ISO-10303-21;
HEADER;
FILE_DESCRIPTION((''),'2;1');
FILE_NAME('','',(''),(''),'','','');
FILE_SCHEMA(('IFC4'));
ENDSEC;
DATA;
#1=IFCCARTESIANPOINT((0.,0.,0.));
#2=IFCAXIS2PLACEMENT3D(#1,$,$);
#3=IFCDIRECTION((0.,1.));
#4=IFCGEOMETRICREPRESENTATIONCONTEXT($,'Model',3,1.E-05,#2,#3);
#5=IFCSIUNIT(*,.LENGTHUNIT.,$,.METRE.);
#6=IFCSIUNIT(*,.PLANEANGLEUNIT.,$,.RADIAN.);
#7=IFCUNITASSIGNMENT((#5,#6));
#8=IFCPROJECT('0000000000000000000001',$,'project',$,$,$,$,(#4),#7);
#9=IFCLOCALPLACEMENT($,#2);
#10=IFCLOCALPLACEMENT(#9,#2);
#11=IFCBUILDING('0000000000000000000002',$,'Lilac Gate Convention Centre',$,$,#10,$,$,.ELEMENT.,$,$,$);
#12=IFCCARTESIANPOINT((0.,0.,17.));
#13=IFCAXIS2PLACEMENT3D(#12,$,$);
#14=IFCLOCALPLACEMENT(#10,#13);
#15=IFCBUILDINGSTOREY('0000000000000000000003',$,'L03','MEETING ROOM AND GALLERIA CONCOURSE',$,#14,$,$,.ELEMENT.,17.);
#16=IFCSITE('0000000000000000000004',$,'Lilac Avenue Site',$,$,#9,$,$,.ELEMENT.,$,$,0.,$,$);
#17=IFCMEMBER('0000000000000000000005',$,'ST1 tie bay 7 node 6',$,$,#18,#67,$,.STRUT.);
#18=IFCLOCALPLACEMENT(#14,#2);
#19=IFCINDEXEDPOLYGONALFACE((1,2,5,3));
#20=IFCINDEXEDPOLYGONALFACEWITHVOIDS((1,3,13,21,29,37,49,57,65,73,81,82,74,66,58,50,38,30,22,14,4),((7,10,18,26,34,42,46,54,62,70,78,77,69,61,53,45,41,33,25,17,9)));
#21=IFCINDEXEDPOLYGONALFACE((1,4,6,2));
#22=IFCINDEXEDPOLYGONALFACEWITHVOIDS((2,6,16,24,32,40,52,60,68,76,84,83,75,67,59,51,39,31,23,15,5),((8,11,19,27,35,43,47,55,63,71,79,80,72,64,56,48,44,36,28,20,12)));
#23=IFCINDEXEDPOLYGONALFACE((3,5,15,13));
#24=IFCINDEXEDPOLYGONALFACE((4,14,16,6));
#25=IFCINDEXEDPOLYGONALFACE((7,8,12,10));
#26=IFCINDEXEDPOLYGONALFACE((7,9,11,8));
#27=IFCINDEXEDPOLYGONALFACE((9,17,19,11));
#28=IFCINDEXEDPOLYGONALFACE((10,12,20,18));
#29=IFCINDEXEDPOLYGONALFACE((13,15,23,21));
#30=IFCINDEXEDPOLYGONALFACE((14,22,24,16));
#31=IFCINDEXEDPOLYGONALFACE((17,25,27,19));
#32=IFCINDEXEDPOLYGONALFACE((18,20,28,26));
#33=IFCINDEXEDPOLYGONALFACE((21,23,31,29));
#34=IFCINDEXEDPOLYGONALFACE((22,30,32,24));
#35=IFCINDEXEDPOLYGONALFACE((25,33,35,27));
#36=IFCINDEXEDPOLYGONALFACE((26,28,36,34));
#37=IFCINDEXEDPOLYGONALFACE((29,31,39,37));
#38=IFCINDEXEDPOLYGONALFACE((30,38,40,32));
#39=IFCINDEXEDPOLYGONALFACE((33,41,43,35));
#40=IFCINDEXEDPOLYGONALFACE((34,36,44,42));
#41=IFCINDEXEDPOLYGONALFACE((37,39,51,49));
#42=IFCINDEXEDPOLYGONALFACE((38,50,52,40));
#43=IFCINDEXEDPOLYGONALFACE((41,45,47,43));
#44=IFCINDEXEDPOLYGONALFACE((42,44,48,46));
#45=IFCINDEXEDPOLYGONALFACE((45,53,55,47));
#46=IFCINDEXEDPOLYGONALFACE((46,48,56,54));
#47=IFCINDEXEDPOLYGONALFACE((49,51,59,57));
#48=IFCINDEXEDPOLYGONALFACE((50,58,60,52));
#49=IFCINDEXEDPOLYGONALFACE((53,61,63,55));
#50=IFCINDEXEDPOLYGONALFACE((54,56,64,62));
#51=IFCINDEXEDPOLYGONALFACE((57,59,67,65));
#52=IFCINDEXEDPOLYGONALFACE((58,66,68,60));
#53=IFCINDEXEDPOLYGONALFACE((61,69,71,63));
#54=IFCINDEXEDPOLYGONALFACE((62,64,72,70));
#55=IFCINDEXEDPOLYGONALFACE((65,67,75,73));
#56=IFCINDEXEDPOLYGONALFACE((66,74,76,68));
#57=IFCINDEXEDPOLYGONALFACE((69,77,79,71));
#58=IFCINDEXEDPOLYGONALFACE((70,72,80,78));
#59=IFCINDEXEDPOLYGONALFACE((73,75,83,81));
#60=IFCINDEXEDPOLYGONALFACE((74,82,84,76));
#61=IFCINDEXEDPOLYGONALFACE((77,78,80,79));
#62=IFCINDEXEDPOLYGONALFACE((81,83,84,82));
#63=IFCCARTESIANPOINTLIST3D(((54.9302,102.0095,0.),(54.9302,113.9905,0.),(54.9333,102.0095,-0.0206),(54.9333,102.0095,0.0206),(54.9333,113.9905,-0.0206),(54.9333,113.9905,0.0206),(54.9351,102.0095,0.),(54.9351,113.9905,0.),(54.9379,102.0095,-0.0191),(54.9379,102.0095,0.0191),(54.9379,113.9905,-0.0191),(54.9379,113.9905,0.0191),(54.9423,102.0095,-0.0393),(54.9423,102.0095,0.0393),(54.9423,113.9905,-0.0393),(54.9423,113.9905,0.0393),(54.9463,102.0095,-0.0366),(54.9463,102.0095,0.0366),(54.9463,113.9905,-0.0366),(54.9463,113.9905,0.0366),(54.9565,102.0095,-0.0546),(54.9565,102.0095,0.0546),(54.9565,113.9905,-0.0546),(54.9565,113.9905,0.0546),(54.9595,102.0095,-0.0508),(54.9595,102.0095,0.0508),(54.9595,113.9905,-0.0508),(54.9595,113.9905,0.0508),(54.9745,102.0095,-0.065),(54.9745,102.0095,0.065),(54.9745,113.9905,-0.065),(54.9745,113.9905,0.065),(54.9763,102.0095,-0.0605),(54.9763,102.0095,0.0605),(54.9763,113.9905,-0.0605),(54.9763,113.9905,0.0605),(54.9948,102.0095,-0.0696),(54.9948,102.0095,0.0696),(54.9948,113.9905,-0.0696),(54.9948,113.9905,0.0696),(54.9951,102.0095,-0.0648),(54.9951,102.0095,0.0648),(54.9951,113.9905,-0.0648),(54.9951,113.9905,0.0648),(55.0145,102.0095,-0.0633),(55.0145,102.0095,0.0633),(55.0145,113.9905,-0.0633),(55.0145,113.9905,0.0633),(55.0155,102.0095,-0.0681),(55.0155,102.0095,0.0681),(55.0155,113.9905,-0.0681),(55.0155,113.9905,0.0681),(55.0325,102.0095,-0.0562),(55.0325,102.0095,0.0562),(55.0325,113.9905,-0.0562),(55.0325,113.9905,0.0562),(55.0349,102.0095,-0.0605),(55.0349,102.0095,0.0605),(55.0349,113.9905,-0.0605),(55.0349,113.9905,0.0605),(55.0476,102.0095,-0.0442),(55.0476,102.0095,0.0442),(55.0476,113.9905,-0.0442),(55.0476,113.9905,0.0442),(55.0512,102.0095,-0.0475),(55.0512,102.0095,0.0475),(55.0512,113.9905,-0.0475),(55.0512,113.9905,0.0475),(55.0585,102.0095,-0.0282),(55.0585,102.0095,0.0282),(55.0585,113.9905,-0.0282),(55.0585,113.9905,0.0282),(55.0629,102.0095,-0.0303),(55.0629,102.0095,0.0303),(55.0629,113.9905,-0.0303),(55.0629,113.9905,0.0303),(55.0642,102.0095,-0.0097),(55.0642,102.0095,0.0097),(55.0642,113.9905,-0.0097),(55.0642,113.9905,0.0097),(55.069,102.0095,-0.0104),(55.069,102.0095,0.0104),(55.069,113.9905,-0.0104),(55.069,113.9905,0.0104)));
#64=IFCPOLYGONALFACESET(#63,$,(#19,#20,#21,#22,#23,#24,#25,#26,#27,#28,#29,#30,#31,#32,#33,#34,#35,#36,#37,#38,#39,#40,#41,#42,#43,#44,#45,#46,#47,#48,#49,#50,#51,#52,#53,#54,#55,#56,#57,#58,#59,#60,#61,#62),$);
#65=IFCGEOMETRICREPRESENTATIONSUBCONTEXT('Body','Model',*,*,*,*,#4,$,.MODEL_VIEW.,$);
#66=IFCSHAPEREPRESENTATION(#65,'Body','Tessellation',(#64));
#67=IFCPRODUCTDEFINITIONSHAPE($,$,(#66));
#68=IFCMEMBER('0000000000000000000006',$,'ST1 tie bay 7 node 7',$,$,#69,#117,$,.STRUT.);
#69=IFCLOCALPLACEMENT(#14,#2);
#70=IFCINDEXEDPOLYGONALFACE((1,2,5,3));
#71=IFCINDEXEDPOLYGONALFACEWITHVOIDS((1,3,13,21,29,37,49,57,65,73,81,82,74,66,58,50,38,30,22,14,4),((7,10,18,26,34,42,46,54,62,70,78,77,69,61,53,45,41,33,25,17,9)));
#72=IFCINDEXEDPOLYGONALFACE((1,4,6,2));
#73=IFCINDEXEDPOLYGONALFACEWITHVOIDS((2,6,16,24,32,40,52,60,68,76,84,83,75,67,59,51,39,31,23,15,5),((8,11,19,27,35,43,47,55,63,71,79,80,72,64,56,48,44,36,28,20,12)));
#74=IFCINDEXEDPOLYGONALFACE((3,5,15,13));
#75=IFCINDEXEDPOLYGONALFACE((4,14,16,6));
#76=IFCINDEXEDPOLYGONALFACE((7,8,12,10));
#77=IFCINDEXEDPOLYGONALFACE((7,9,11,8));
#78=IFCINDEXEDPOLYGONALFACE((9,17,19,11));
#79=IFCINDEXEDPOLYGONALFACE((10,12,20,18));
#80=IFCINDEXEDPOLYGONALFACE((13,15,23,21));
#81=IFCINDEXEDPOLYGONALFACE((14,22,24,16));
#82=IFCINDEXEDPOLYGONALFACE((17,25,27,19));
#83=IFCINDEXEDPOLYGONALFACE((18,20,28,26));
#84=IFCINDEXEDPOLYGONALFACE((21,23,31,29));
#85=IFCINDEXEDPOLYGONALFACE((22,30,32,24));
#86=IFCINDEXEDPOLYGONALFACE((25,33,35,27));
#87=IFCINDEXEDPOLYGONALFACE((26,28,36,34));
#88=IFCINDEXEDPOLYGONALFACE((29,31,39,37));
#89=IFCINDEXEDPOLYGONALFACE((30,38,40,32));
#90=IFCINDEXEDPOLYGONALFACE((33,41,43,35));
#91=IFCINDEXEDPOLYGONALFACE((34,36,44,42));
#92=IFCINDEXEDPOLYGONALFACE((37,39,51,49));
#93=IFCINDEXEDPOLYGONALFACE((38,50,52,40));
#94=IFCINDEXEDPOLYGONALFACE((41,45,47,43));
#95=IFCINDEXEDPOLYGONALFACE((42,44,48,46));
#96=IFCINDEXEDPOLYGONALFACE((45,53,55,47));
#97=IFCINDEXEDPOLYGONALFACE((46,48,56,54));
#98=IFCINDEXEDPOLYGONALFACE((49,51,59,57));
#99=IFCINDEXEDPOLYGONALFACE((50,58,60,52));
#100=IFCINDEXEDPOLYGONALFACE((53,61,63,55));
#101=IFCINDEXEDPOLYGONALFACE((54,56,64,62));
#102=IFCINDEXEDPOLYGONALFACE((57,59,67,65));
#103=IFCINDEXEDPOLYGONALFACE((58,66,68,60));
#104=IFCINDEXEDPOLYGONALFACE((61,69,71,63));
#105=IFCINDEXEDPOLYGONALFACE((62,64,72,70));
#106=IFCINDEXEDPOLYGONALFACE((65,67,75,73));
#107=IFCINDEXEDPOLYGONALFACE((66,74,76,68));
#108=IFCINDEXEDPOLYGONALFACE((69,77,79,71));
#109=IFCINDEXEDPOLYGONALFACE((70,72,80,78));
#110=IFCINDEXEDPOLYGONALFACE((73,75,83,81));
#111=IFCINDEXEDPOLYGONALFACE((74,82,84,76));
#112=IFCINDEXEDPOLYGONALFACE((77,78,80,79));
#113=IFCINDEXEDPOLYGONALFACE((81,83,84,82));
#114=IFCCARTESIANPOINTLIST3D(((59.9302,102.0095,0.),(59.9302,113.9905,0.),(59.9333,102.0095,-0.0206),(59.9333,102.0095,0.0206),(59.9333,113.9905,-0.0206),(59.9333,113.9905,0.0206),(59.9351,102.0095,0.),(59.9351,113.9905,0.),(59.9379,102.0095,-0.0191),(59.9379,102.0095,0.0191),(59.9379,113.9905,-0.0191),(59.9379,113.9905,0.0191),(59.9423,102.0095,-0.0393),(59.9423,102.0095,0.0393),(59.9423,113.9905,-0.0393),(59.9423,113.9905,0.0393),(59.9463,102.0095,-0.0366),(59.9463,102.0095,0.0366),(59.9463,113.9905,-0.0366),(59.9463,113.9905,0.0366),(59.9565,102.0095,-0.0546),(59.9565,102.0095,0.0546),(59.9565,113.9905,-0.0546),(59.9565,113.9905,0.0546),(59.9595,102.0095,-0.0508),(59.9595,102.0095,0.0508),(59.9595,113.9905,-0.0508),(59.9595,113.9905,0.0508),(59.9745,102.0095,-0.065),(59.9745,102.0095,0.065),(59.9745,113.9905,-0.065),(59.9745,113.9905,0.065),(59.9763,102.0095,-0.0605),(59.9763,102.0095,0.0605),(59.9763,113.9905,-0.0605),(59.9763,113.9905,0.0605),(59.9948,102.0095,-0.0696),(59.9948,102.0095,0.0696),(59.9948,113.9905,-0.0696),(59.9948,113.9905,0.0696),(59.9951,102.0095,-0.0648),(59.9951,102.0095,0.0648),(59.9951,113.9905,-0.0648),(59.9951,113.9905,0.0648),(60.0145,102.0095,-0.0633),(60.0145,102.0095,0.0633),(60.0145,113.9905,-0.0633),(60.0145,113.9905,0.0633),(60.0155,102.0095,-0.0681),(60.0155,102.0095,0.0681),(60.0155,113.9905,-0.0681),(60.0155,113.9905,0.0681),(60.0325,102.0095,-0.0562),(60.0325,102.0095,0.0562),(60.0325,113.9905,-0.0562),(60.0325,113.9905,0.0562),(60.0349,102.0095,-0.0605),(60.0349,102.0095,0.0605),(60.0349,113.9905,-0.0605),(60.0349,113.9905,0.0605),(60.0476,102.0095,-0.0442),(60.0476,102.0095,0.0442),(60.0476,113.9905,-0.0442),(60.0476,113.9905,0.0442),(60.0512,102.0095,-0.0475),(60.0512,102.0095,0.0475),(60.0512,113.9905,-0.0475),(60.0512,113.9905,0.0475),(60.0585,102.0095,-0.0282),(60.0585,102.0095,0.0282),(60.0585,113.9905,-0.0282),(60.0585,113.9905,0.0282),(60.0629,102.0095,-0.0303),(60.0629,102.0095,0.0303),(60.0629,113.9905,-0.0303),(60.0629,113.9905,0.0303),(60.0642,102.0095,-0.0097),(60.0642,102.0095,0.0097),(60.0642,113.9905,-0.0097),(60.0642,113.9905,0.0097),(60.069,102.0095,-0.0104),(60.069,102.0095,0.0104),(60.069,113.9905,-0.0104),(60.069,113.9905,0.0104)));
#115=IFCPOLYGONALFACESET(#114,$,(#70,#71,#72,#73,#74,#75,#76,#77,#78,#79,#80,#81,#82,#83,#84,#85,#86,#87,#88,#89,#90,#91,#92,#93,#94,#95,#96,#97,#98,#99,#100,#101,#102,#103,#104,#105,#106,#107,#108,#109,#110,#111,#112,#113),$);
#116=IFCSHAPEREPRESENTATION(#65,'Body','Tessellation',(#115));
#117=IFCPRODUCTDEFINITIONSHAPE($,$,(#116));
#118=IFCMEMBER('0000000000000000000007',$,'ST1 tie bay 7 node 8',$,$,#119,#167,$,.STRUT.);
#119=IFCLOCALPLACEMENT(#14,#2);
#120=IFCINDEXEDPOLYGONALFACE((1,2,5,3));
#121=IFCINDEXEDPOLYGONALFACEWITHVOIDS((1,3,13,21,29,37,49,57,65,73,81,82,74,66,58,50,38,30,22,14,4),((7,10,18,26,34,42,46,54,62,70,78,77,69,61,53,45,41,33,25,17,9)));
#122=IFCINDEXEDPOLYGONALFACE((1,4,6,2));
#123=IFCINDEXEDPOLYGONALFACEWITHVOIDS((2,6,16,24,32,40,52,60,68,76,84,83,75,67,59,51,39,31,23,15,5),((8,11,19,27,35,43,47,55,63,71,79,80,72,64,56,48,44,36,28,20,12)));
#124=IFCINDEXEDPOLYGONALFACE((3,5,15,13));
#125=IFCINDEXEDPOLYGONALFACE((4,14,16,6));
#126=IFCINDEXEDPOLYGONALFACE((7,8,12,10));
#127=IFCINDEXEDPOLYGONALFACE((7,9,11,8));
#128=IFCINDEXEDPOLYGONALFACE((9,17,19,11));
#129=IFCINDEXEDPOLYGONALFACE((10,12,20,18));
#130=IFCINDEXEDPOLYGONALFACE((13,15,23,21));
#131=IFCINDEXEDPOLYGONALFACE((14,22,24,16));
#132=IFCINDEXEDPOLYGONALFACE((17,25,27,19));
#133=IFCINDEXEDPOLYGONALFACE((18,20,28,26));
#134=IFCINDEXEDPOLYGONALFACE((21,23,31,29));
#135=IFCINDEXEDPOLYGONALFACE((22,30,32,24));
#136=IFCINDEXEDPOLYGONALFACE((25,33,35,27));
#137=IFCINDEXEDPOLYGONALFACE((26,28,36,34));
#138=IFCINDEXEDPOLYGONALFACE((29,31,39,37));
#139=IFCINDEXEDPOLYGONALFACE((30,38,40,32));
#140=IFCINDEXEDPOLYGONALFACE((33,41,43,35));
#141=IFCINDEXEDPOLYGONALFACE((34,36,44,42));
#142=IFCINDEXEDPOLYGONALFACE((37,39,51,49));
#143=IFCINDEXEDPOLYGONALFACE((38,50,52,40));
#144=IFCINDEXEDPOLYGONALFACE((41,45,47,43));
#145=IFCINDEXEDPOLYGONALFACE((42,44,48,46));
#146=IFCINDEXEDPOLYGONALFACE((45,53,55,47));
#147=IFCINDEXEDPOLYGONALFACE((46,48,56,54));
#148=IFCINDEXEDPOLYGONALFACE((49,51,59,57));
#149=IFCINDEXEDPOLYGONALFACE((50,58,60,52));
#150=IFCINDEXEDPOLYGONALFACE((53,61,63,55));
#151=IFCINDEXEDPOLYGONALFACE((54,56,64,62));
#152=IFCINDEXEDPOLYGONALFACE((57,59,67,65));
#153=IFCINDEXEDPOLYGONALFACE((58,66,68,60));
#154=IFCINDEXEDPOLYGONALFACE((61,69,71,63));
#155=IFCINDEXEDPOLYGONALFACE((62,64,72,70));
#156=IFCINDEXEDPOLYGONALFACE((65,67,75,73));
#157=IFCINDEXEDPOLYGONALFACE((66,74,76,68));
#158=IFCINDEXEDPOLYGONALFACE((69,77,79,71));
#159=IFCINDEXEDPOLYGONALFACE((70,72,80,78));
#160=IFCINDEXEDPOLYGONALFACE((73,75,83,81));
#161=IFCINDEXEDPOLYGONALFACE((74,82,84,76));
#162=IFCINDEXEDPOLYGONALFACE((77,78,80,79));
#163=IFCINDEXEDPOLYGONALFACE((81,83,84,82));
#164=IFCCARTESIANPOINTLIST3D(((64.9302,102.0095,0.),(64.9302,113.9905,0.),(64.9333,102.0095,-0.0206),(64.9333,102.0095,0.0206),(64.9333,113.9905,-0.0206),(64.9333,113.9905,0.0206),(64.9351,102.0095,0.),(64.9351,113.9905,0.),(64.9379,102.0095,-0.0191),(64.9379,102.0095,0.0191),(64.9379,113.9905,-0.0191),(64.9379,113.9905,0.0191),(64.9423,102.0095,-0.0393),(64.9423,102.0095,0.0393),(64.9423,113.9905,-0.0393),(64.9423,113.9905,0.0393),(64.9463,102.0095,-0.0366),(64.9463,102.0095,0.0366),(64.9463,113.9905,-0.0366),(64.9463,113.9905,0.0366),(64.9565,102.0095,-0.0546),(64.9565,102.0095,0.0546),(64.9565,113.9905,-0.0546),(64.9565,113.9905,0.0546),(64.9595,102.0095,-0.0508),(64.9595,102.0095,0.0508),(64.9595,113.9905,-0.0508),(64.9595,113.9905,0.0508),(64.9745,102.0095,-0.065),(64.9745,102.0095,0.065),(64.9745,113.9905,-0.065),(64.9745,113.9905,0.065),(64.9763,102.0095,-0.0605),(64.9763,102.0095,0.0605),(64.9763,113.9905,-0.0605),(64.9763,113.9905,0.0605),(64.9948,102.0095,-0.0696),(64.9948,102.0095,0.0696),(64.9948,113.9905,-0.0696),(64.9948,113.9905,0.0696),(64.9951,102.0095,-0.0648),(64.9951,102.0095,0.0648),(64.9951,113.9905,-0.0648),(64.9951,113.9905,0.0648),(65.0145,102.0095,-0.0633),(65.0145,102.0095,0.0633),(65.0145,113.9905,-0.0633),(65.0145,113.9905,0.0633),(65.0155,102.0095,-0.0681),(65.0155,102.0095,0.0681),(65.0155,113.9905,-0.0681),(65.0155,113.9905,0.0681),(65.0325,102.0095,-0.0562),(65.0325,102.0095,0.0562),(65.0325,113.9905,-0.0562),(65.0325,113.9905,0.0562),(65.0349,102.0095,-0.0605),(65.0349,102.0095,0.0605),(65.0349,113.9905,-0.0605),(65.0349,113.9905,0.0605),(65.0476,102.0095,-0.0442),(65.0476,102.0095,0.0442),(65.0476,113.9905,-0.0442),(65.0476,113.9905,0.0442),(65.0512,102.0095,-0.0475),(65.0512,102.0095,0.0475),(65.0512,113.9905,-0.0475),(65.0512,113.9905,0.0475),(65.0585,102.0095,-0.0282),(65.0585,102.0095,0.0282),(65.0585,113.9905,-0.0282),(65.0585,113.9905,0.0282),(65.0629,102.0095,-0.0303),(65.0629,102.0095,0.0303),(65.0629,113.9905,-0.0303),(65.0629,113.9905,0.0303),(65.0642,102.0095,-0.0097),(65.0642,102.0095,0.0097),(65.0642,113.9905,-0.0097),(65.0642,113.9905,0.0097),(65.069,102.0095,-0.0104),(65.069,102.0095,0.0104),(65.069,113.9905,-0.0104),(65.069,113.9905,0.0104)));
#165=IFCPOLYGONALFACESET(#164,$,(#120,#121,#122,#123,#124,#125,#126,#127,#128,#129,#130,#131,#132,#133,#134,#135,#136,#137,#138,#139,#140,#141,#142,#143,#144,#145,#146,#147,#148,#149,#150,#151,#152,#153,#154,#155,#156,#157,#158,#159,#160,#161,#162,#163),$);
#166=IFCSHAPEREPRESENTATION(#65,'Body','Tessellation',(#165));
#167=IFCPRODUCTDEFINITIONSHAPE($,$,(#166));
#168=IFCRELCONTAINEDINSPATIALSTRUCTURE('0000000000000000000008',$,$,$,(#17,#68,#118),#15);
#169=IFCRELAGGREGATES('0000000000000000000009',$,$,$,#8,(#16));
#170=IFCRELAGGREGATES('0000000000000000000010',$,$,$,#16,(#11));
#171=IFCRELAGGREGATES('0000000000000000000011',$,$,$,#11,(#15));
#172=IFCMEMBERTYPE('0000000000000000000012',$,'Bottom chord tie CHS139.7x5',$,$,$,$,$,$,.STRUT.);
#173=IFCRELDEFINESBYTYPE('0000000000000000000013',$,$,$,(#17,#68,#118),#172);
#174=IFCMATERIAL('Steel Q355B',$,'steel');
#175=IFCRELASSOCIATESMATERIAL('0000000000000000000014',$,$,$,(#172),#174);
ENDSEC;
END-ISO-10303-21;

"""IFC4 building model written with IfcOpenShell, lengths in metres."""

from ifc_helpers import new_model, si_unit, direction, frame, origin, origin_2d, place, context, subcontext, project, spatial, hollow_circle, extrude, material, material_profile, profile_set, type_object, element, save


model = new_model("IFC4")

# Units and contexts
model_context = context("Model", 3, precision=1e-05, world=origin(), true_north=direction((0.0, 1.0)))
body_context = subcontext(model_context, "Body", "Model", "MODEL_VIEW")
ifc_project = project(units=[si_unit("LENGTHUNIT", "METRE"), si_unit("PLANEANGLEUNIT", "RADIAN")], contexts=[model_context])

# Site, building, storey
site_placement = place(None, origin())
site = spatial("IfcSite", under=ifc_project, at=site_placement, Name="Lilac Avenue Site", CompositionType="ELEMENT", RefElevation=0.0)
building_placement = place(site_placement, origin())
building = spatial("IfcBuilding", under=site, at=building_placement, Name="Lilac Gate Convention Centre", CompositionType="ELEMENT")
storey_placement = place(building_placement, frame((0.0, 0.0, 17.0)))
storey = spatial("IfcBuildingStorey", under=building, at=storey_placement, Name="L03", Description="MEETING ROOM AND GALLERIA CONCOURSE", CompositionType="ELEMENT", Elevation=17.0)

# Members
ifc_material = material(Name="Steel Q355B", Category="steel")
ifc_material_profile_1 = material_profile(ifc_material, hollow_circle(Radius=0.0698, WallThickness=0.0049, at=origin_2d()), Name="CHS139.7x5")
ifc_profile_set_1 = profile_set([ifc_material_profile_1], Name="Steel Q355B")
member_type_1 = type_object("IfcMemberType", Name="Bottom chord tie CHS139.7x5", PredefinedType="STRUT", material=ifc_profile_set_1)
for number, where, z_axis, x_axis, name in (
    (1, (55.0, 102.0095, 0.0), (0.0, 1.0, 0.0), (-1.0, 0.0, 0.0), "ST1 tie bay 7 node 6"),
    (2, (60.0, 102.0095, 0.0), (0.0, 1.0, 0.0), (-1.0, 0.0, 0.0), "ST1 tie bay 7 node 7"),
    (3, (65.0, 102.0095, 0.0), (0.0, 1.0, 0.0), (-1.0, 0.0, 0.0), "ST1 tie bay 7 node 8"),
):
    element("IfcMember", number, at=place(storey_placement, frame(where, z_axis=z_axis, x_axis=x_axis)), inside=storey, type_object=member_type_1, Name=name, PredefinedType="STRUT", context=body_context, shape_type="SweptSolid", body=[
        extrude(hollow_circle(Radius=0.0698, WallThickness=0.0049, at=origin_2d()), origin(), (0.0, 0.0, 1.0), 11.981),
    ])

save(model, "model.ifc")
